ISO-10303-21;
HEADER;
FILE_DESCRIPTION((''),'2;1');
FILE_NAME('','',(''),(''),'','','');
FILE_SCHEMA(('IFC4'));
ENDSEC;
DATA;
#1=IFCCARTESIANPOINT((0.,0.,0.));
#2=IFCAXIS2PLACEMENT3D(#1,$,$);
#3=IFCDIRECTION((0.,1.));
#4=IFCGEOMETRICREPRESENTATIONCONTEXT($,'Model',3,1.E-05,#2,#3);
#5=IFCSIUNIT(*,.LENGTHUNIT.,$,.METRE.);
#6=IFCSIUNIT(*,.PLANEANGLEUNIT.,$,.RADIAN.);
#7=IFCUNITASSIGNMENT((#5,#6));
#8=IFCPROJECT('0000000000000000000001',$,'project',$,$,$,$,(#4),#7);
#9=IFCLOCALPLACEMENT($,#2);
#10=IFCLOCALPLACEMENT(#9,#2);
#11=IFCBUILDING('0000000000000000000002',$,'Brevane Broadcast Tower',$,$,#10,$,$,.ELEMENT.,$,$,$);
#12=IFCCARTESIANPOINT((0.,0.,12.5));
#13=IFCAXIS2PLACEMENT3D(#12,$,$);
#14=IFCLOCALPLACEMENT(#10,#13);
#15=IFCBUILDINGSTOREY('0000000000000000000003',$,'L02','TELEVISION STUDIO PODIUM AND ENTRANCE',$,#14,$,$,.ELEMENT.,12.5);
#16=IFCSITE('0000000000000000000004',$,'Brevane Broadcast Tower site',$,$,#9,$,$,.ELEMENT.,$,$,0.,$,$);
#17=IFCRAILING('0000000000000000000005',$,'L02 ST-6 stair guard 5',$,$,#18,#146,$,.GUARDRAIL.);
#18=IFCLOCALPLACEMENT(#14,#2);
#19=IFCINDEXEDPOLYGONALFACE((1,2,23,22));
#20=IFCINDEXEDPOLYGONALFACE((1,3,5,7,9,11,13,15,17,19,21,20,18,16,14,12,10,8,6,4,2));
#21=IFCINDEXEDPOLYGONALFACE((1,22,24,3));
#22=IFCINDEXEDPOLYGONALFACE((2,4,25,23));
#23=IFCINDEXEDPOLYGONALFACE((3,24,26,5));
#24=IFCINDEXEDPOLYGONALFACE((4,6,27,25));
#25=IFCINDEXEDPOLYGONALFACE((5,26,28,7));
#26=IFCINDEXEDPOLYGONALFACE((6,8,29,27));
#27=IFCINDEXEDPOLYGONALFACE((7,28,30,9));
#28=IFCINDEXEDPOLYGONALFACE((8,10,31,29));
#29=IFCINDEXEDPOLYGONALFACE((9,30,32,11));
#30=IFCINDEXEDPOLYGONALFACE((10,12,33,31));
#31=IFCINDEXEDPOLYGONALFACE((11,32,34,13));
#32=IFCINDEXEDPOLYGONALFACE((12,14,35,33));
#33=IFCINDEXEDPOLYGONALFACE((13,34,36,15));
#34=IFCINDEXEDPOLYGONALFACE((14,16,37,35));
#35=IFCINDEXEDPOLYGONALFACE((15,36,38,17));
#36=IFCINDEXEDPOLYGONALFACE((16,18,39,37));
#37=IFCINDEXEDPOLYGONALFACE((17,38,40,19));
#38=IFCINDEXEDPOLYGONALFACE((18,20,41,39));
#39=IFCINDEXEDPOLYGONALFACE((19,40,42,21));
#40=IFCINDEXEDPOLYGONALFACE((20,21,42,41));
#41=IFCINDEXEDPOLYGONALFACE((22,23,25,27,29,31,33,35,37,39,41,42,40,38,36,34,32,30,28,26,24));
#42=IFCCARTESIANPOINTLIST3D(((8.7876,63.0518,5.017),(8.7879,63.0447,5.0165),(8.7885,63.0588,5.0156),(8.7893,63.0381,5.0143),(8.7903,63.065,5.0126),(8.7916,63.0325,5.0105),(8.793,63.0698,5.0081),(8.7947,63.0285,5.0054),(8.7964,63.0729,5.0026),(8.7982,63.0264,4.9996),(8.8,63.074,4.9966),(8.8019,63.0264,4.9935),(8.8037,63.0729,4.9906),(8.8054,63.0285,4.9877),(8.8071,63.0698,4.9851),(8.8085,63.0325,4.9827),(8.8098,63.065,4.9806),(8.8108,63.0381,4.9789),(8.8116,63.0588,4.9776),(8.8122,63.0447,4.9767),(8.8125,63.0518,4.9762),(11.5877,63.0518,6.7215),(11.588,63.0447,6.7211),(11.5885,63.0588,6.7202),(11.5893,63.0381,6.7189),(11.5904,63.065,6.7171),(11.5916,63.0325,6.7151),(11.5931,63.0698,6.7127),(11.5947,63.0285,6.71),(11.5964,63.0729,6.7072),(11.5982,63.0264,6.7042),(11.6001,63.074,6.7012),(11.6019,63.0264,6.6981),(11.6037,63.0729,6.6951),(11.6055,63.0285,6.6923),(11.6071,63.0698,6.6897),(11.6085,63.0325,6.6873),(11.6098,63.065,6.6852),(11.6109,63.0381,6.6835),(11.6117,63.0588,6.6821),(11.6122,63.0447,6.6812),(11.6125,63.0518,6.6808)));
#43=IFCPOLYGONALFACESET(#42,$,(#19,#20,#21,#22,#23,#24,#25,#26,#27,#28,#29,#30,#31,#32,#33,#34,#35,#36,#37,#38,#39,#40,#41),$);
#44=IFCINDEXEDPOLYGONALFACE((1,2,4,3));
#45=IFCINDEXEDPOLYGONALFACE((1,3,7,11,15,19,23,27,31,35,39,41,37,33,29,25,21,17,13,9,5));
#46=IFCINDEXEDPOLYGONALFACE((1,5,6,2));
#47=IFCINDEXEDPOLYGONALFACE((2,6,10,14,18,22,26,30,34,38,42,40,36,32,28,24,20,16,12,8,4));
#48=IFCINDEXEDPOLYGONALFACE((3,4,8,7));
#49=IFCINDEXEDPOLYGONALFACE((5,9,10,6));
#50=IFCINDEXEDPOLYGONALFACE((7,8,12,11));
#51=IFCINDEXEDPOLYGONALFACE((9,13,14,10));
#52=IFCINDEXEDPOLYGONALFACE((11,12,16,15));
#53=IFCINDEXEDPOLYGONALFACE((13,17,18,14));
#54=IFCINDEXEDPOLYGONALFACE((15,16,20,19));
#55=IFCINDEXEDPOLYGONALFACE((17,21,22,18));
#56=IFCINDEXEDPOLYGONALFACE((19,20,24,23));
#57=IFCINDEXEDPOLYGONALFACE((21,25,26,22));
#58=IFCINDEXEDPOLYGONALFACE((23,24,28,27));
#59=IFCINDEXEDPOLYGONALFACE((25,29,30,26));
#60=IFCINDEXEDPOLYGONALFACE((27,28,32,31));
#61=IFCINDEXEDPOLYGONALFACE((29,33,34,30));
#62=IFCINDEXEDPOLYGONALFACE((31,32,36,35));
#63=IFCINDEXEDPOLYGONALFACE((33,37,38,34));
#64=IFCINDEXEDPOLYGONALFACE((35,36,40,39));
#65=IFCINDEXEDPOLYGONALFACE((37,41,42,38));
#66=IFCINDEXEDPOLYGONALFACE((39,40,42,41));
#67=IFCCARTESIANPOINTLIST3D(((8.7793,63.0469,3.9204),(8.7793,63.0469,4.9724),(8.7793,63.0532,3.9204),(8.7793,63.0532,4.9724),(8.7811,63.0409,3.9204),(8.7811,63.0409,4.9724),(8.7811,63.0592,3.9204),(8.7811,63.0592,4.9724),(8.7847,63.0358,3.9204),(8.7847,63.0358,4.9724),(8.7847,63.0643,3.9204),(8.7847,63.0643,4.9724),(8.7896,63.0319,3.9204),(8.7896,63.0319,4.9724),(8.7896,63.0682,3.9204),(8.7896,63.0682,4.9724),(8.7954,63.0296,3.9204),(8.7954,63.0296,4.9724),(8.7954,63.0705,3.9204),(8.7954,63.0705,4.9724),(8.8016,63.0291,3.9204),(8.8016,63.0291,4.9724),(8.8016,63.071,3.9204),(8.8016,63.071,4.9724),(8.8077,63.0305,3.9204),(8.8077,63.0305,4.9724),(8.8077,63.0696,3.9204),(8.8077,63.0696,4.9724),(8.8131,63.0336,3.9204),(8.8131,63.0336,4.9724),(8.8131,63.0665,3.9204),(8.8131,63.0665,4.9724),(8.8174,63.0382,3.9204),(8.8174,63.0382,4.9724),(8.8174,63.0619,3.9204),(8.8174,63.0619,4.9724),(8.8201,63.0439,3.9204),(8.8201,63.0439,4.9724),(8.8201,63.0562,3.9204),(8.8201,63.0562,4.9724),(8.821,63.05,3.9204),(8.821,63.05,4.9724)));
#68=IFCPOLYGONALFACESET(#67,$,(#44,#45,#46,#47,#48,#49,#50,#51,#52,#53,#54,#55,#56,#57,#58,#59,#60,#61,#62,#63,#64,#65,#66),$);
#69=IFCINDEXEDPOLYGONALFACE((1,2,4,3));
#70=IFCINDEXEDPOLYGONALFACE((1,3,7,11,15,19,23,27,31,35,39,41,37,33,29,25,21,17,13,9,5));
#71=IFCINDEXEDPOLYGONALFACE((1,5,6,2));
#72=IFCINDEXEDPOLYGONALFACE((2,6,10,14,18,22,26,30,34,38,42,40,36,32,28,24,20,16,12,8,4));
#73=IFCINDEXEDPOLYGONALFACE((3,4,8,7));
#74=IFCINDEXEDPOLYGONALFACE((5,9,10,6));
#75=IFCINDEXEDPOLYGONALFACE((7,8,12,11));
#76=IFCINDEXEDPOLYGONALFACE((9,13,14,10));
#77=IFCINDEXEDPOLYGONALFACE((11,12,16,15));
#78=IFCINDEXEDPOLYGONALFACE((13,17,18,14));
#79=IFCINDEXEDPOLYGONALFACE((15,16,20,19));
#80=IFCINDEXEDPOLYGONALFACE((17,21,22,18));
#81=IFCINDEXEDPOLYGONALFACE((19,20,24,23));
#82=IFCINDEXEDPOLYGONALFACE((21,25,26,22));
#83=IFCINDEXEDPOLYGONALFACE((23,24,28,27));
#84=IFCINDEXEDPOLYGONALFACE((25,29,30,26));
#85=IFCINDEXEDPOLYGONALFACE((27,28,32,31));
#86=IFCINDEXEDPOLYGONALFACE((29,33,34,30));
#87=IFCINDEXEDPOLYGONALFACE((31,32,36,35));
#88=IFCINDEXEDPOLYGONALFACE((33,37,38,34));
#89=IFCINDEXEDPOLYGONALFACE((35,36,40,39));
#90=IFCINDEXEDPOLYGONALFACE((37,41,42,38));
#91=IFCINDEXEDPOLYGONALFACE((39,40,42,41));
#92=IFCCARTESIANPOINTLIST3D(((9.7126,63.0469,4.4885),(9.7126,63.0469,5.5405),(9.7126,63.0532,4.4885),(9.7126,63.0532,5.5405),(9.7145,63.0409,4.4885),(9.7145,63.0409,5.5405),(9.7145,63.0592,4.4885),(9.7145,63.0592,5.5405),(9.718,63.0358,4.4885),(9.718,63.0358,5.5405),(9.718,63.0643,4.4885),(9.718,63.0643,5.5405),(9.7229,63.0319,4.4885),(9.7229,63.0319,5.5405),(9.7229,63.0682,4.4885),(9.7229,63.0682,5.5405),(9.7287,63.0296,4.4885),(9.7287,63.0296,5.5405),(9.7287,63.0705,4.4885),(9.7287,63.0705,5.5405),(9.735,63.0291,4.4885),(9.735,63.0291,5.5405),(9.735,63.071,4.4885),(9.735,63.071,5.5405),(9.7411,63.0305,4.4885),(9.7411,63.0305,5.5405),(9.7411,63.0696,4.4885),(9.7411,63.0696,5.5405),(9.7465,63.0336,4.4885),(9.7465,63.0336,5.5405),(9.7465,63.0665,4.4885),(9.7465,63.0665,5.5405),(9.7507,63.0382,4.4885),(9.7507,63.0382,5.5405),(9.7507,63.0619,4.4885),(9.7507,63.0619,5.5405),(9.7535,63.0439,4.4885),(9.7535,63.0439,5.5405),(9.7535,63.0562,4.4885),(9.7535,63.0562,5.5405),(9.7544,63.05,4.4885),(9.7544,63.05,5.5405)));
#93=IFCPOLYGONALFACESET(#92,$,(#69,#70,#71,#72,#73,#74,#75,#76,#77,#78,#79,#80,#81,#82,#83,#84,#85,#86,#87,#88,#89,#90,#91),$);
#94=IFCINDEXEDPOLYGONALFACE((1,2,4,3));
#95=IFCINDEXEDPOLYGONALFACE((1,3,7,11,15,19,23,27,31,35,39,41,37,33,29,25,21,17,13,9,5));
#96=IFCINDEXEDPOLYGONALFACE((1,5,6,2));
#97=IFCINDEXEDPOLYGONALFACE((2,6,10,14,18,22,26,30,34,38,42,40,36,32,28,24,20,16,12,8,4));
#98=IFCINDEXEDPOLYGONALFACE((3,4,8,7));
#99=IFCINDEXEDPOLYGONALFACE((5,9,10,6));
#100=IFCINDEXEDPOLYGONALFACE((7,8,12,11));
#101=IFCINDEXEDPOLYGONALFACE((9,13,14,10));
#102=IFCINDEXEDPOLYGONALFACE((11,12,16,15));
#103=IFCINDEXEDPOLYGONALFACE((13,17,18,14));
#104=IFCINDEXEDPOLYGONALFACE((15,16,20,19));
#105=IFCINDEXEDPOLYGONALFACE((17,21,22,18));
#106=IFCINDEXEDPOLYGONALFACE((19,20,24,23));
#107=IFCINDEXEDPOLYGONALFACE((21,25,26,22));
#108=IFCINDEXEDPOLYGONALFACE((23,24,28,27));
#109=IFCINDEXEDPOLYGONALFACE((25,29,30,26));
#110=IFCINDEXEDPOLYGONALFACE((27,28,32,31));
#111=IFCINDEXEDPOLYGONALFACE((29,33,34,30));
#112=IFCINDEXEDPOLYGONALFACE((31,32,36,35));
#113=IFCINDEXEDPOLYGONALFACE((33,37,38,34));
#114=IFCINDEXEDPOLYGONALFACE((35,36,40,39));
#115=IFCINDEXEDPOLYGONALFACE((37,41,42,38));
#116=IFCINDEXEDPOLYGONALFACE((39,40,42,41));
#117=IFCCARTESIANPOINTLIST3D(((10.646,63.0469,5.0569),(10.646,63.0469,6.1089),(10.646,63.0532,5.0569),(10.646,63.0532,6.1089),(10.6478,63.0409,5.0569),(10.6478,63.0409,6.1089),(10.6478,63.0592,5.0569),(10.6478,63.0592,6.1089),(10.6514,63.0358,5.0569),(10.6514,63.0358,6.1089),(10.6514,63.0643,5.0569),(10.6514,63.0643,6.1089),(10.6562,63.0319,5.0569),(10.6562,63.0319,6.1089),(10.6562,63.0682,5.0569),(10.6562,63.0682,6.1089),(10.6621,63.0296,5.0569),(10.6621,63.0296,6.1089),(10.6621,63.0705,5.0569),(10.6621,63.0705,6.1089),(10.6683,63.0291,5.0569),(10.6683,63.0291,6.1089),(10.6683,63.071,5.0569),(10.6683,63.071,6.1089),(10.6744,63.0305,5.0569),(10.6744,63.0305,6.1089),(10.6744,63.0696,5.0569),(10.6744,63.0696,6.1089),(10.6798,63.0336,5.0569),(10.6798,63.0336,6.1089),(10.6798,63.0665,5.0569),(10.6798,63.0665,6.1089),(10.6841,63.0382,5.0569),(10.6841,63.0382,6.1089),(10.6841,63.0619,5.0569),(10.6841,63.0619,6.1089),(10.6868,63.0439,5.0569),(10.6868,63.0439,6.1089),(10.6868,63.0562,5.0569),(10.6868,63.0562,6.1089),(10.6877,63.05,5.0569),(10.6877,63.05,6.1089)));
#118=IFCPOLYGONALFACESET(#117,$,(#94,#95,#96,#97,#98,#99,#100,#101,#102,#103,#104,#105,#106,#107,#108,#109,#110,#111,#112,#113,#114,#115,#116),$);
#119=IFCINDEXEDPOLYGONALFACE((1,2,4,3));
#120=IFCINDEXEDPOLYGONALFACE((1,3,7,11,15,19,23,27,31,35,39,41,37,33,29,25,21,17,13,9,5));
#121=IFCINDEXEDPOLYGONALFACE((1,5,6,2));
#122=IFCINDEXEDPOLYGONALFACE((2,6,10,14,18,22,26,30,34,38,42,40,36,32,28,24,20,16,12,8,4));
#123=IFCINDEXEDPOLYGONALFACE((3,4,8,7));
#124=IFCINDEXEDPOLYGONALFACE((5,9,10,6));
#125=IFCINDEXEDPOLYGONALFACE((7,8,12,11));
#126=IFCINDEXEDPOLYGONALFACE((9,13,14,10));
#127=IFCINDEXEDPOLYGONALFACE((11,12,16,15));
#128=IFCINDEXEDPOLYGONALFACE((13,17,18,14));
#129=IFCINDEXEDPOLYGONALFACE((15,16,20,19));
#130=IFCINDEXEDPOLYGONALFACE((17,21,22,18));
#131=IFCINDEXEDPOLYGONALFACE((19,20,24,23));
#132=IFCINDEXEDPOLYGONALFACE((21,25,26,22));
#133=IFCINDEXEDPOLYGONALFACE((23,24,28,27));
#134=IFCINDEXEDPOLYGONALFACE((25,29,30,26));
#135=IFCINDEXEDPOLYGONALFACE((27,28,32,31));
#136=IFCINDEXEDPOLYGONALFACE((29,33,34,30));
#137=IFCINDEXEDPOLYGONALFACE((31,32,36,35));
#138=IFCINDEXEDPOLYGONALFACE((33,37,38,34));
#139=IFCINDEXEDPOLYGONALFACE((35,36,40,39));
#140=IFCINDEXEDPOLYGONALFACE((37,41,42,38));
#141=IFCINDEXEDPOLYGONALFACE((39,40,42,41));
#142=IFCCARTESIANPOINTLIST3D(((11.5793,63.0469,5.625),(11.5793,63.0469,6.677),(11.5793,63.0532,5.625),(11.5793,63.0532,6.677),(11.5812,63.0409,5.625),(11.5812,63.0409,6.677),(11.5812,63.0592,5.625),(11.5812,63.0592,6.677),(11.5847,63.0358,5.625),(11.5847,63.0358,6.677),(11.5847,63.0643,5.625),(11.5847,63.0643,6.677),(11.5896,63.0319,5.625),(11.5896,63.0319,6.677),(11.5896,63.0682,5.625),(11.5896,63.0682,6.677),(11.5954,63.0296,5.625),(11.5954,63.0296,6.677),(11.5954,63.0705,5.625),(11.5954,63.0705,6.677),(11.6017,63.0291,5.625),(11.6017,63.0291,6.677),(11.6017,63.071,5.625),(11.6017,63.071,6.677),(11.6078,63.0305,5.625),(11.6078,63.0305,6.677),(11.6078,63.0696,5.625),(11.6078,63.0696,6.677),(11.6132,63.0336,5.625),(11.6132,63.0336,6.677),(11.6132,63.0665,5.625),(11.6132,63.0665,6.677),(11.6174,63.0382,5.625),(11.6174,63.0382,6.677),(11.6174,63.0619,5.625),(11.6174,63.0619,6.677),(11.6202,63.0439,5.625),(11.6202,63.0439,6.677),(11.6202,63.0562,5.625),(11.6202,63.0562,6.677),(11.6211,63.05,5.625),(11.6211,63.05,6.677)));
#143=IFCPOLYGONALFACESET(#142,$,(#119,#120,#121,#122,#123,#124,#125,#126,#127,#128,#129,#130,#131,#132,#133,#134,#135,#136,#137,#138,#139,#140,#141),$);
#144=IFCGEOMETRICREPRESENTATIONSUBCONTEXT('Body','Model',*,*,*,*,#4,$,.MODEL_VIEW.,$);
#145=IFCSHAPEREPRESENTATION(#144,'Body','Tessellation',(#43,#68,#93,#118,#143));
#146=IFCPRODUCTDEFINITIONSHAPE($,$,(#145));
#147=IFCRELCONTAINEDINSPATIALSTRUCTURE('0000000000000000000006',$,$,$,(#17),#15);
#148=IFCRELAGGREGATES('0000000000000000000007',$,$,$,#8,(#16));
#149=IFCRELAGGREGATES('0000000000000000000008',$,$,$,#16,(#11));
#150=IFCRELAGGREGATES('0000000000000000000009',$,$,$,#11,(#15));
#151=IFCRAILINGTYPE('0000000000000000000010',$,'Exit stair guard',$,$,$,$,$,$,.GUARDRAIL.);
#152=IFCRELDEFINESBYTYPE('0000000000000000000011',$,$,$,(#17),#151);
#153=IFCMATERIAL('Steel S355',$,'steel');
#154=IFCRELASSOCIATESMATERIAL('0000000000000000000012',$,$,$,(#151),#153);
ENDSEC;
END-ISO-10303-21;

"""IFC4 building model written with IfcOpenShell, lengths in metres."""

from ifc_helpers import new_model, si_unit, direction, frame, origin, origin_2d, place, context, subcontext, project, spatial, circle, extrude, material, type_object, element, save


model = new_model("IFC4")

# Units and contexts
model_context = context("Model", 3, precision=1e-05, world=origin(), true_north=direction((0.0, 1.0)))
body_context = subcontext(model_context, "Body", "Model", "MODEL_VIEW")
ifc_project = project(units=[si_unit("LENGTHUNIT", "METRE"), si_unit("PLANEANGLEUNIT", "RADIAN")], contexts=[model_context])

# Site, building, storey
site_placement = place(None, origin())
site = spatial("IfcSite", under=ifc_project, at=site_placement, Name="Brevane Broadcast Tower site", CompositionType="ELEMENT", RefElevation=0.0)
building_placement = place(site_placement, origin())
building = spatial("IfcBuilding", under=site, at=building_placement, Name="Brevane Broadcast Tower", CompositionType="ELEMENT")
storey_placement = place(building_placement, frame((0.0, 0.0, 12.5)))
storey = spatial("IfcBuildingStorey", under=building, at=storey_placement, Name="L02", Description="TELEVISION STUDIO PODIUM AND ENTRANCE", CompositionType="ELEMENT", Elevation=12.5)

# Railing
ifc_material_1 = material(Name="Steel S355", Category="steel")
railing_type_1 = type_object("IfcRailingType", Name="Exit stair guard", PredefinedType="GUARDRAIL", material=ifc_material_1)
railing_1_placement = place(storey_placement, frame((8.8, 63.05, 3.9204)))
element("IfcRailing", 1, at=railing_1_placement, inside=storey, type_object=railing_type_1, Name="L02 ST-6 stair guard 5", PredefinedType="GUARDRAIL", context=body_context, shape_type="SweptSolid", body=[
    extrude(circle(Radius=0.0239, at=origin_2d()), frame((0.0, 0.0, 1.0762), z_axis=(0.85417, 0.0, 0.519994), x_axis=(0.0, 1.0, 0.0)), (0.0, 0.0, 1.0), 3.2781),
    extrude(circle(Radius=0.021, at=origin_2d()), origin(), (0.0, 0.0, 1.0), 1.052),
    extrude(circle(Radius=0.021, at=origin_2d()), frame((0.9333, 0.0, 0.5681)), (0.0, 0.0, 1.0), 1.052),
    extrude(circle(Radius=0.021, at=origin_2d()), frame((1.8667, 0.0, 1.1365)), (0.0, 0.0, 1.0), 1.052),
    extrude(circle(Radius=0.021, at=origin_2d()), frame((2.8, 0.0, 1.7046)), (0.0, 0.0, 1.0), 1.052),
])

save(model, "model.ifc")
